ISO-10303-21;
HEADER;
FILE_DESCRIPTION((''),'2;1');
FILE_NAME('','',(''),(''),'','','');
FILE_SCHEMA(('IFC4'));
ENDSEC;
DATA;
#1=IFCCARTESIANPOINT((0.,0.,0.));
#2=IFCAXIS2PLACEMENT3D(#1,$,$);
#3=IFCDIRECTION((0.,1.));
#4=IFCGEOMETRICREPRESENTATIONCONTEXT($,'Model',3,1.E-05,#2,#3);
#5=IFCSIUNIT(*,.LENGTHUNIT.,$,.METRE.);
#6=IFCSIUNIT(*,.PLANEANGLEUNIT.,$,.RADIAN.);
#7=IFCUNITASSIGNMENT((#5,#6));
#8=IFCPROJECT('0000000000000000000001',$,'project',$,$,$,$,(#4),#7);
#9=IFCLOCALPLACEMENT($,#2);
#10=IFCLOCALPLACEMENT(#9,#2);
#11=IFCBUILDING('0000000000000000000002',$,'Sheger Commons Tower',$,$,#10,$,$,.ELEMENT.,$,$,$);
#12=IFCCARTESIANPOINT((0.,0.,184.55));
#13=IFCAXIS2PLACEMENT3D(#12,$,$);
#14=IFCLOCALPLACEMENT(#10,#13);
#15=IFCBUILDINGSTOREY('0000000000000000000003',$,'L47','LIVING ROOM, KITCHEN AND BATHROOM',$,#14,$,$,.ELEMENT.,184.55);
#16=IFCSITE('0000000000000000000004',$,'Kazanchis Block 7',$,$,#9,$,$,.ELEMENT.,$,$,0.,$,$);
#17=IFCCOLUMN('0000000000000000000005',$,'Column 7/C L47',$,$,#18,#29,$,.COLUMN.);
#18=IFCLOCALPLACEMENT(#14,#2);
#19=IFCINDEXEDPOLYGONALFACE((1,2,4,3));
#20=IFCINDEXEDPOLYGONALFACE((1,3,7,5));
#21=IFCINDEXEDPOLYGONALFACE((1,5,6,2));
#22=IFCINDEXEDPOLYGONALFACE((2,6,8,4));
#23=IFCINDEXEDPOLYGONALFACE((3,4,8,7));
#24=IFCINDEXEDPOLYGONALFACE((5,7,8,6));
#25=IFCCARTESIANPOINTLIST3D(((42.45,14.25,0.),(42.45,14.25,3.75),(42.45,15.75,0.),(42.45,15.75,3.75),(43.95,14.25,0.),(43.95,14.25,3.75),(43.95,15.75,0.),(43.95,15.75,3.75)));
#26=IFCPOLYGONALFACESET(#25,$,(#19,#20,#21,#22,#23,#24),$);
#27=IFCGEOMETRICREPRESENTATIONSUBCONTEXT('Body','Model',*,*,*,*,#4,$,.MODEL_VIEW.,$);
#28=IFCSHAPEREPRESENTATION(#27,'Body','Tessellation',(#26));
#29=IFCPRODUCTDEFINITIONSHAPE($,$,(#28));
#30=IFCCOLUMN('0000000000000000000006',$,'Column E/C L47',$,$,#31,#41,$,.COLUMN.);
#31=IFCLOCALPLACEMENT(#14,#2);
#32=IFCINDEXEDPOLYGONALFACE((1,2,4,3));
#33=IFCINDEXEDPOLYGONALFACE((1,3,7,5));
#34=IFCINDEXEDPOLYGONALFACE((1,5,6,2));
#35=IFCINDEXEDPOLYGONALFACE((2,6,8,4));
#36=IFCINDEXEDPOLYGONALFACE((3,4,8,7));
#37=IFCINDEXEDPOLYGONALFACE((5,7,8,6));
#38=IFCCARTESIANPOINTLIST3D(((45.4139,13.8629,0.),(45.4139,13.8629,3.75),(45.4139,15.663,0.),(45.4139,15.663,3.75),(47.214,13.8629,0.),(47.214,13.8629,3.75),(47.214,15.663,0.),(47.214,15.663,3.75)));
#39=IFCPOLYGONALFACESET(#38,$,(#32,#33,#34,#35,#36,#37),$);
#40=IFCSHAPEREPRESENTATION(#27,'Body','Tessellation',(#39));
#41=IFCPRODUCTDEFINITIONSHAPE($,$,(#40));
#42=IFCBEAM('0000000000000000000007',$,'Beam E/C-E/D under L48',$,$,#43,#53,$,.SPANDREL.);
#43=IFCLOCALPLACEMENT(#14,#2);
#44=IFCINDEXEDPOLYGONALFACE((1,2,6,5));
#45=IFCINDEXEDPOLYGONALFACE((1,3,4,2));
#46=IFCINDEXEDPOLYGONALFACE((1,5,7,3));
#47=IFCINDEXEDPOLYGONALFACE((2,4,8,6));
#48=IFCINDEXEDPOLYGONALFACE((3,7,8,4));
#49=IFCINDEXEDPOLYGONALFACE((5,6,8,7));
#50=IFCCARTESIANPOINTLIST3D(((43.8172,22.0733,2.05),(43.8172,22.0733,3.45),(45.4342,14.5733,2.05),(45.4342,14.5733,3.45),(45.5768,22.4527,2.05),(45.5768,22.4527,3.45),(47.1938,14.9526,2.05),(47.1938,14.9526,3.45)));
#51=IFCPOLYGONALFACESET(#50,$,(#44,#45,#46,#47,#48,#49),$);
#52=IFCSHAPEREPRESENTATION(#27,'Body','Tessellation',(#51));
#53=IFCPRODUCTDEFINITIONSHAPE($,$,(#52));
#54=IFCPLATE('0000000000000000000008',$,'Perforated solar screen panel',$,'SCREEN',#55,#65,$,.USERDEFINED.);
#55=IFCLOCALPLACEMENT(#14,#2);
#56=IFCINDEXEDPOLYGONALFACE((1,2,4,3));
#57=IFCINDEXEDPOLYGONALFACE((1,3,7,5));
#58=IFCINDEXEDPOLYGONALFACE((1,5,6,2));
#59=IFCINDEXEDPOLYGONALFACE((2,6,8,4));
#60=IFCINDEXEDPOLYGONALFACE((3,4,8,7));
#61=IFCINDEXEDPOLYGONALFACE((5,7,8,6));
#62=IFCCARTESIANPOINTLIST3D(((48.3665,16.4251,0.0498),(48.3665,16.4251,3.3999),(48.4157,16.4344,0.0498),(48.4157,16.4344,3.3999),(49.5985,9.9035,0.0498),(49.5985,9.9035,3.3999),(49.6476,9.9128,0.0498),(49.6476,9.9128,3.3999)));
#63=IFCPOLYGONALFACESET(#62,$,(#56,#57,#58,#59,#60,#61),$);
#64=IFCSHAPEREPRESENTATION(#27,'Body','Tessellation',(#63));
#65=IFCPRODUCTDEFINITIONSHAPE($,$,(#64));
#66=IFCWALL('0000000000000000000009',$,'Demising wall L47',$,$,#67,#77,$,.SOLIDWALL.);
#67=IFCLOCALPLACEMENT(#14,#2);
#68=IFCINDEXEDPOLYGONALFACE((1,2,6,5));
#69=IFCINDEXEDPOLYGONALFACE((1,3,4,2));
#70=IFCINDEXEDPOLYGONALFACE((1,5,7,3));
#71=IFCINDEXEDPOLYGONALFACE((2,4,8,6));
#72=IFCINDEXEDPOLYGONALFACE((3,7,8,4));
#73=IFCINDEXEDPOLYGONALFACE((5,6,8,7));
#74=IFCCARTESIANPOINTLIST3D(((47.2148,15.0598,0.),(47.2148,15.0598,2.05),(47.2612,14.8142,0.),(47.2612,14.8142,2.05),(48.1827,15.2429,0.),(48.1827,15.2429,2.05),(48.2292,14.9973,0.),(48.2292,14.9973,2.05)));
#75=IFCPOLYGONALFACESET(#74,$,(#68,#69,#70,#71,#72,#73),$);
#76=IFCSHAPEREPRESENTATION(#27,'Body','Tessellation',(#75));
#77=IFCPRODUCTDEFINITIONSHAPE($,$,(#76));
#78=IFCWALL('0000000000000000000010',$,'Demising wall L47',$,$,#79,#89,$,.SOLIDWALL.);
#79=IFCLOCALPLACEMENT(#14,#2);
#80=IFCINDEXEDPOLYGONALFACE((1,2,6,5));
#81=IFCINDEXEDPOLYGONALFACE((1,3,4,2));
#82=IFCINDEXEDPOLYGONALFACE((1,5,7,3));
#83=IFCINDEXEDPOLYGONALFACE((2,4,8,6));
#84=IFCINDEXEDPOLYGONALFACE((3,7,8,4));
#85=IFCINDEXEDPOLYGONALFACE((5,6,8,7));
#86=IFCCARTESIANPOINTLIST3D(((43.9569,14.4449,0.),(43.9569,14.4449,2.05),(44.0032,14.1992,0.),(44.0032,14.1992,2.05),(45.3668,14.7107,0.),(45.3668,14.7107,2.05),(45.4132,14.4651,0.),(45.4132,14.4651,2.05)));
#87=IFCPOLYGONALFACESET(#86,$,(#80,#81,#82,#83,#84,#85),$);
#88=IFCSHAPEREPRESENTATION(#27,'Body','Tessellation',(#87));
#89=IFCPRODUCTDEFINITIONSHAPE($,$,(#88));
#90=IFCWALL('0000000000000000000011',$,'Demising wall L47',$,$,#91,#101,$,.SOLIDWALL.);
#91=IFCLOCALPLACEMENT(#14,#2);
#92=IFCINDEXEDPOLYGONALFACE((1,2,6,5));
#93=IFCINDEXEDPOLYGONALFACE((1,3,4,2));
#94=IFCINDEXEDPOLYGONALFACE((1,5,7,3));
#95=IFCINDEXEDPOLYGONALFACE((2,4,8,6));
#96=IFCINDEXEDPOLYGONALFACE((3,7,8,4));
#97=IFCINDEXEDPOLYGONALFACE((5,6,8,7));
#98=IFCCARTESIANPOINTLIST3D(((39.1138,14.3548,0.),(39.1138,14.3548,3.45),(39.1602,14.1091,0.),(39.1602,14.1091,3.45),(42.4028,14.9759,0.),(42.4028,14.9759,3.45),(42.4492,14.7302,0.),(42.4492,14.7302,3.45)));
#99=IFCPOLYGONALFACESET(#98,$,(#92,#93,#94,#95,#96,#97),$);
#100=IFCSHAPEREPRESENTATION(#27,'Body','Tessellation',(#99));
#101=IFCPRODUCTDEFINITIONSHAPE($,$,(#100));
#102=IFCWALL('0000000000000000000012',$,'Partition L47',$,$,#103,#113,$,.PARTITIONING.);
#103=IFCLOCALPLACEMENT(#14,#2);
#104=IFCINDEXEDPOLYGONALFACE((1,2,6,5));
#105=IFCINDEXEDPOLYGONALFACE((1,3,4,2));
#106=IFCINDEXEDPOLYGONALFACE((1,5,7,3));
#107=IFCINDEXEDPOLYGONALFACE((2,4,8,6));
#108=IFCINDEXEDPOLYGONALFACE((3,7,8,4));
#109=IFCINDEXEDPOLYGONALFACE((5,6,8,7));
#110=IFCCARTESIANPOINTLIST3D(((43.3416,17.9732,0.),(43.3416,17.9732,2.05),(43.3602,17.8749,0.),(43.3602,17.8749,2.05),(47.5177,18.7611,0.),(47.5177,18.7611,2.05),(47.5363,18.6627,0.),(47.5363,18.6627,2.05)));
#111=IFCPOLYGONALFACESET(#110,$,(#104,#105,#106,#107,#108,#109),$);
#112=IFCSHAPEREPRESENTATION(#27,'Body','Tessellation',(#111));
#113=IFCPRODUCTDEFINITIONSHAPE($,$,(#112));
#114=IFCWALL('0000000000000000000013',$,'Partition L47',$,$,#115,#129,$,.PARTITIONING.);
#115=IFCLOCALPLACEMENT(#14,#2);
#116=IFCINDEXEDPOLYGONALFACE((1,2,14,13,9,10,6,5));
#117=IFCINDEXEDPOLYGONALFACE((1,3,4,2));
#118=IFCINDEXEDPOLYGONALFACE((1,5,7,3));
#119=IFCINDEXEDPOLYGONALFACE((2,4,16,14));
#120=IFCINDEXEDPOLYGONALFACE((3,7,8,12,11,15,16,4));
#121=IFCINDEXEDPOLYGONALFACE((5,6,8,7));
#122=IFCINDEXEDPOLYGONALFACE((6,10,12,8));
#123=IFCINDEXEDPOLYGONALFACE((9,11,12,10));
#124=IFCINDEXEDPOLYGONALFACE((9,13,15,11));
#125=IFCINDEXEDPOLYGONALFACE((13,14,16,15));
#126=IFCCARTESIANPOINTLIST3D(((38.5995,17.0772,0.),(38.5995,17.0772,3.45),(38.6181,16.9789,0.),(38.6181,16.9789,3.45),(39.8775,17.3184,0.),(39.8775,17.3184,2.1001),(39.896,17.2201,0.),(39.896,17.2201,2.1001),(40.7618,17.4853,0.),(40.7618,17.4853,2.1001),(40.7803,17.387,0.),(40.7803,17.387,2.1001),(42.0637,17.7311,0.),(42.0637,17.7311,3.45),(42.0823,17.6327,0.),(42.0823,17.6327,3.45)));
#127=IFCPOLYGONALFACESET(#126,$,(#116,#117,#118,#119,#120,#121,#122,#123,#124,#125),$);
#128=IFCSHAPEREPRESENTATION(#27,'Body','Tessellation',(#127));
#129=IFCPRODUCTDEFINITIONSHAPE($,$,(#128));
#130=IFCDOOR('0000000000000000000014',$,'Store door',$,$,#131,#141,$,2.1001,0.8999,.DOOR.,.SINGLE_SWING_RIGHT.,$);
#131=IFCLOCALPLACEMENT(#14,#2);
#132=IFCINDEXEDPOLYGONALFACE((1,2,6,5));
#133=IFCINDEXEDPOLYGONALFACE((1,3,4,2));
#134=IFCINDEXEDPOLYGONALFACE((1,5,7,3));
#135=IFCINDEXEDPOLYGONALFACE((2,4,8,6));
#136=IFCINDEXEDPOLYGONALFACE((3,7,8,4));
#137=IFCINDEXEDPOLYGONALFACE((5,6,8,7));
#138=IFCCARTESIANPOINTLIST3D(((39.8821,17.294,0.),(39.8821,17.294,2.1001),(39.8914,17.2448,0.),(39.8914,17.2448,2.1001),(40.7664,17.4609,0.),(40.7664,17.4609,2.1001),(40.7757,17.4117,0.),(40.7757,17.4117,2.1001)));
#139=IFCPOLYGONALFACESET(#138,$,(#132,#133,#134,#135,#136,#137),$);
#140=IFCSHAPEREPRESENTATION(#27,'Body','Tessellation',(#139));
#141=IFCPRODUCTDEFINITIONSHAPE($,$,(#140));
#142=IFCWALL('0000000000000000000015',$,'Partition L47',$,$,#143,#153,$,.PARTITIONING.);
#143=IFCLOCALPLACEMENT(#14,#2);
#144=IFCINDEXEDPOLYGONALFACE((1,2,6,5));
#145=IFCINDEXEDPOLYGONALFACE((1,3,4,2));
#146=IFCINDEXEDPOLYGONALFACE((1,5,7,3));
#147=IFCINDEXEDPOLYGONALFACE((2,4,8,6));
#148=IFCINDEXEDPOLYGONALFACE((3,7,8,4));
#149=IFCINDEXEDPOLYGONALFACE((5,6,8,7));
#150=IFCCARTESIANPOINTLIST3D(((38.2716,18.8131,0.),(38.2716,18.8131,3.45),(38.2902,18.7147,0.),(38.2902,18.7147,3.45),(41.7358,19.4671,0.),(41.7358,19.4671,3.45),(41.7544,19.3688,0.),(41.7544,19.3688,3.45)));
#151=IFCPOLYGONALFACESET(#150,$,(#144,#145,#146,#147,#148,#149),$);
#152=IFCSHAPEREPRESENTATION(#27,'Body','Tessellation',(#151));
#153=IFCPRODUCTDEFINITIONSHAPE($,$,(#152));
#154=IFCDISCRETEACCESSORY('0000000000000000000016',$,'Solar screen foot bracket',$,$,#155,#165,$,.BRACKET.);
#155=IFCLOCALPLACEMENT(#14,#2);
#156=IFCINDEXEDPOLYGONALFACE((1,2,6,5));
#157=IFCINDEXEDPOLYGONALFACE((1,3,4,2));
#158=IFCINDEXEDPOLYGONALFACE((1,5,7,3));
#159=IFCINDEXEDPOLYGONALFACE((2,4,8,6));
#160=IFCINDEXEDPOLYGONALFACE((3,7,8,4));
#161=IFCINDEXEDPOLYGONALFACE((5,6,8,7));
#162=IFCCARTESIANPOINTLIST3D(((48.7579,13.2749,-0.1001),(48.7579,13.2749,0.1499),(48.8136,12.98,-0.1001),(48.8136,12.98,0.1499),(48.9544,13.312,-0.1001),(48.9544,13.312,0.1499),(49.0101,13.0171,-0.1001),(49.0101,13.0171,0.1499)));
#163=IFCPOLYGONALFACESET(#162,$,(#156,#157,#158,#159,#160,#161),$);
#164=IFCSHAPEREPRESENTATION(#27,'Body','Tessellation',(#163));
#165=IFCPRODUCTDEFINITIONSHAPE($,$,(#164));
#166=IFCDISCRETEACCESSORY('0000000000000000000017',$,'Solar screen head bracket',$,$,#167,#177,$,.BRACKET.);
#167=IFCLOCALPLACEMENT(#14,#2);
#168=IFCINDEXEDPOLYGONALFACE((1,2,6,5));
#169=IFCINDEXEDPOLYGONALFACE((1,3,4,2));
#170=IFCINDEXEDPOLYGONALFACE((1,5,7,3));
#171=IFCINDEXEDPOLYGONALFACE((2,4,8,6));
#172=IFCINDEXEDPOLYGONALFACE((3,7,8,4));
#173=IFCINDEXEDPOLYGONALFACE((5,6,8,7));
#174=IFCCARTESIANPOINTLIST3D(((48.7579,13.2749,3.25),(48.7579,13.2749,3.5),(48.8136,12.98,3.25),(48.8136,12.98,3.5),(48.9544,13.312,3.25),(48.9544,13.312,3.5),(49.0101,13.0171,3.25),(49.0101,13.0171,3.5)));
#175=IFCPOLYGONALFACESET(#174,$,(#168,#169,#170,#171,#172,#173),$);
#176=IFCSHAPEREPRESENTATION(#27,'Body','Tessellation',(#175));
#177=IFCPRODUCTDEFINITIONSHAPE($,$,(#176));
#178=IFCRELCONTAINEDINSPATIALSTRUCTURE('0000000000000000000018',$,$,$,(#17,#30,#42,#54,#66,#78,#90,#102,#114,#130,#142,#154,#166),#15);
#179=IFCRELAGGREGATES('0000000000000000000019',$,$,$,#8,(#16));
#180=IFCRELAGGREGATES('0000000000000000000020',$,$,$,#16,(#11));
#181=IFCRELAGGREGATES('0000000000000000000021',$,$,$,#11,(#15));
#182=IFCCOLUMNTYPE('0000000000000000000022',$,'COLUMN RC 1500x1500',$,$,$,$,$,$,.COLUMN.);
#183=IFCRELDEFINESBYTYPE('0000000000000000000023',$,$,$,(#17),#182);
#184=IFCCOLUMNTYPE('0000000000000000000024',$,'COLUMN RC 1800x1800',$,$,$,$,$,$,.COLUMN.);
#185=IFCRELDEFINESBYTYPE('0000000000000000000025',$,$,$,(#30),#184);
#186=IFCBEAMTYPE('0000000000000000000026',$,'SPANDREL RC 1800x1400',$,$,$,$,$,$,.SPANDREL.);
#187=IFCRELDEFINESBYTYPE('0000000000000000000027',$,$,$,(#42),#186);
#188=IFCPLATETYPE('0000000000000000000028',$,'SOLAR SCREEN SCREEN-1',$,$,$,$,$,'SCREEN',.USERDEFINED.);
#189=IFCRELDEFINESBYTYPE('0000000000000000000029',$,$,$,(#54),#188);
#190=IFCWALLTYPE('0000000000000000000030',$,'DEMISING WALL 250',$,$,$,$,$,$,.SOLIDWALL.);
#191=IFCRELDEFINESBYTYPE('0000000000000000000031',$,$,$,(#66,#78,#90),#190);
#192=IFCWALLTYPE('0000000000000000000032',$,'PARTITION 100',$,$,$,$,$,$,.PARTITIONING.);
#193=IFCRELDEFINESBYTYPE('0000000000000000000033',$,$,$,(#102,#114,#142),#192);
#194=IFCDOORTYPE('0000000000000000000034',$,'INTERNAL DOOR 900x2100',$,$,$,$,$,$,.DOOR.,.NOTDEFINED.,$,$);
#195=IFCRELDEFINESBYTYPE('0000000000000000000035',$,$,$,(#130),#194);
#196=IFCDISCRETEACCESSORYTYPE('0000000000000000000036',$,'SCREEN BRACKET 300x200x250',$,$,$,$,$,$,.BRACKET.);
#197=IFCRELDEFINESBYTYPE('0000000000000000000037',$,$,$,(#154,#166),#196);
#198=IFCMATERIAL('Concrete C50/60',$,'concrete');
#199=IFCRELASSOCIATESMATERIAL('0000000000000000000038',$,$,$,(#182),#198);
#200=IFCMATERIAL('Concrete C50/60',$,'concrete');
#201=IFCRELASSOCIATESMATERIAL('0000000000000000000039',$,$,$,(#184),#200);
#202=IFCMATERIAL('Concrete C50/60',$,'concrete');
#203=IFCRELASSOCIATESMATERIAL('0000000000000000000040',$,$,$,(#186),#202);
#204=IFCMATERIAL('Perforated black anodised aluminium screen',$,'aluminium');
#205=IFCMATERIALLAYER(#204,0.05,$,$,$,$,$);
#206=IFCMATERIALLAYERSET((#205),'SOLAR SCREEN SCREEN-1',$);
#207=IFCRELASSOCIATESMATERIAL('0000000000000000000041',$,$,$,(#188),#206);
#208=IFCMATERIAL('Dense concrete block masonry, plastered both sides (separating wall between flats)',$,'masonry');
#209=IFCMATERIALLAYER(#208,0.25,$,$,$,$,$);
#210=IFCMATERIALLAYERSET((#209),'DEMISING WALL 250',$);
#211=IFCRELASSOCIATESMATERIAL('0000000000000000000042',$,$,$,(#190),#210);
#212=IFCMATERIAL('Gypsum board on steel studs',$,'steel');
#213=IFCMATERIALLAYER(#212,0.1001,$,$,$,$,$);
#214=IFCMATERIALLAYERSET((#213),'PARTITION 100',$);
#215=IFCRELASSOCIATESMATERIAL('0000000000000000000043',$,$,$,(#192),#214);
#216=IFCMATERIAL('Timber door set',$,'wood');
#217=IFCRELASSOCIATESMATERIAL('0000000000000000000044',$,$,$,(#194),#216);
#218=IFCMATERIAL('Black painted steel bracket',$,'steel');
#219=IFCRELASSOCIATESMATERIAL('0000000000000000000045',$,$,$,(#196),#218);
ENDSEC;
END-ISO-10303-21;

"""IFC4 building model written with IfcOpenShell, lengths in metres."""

from ifc_helpers import new_model, si_unit, direction, frame, frame_2d, origin, origin_2d, place, context, subcontext, project, spatial, rectangle, extrude, material, layer, layer_set, material_profile, profile_set, type_object, element, fill, save


model = new_model("IFC4")

# Units and contexts
model_context = context("Model", 3, precision=1e-05, world=origin(), true_north=direction((0.0, 1.0)))
body_context = subcontext(model_context, "Body", "Model", "MODEL_VIEW")
ifc_project = project(units=[si_unit("LENGTHUNIT", "METRE"), si_unit("PLANEANGLEUNIT", "RADIAN")], contexts=[model_context])

# Site, building, storey
site_placement = place(None, origin())
site = spatial("IfcSite", under=ifc_project, at=site_placement, Name="Kazanchis Block 7", CompositionType="ELEMENT", RefElevation=0.0)
building_placement = place(site_placement, origin())
building = spatial("IfcBuilding", under=site, at=building_placement, Name="Sheger Commons Tower", CompositionType="ELEMENT")
storey_placement = place(building_placement, frame((0.0, 0.0, 184.55)))
storey = spatial("IfcBuildingStorey", under=building, at=storey_placement, Name="L47", Description="LIVING ROOM, KITCHEN AND BATHROOM", CompositionType="ELEMENT", Elevation=184.55)

# Columns
ifc_material_1 = material(Name="Concrete C50/60", Category="concrete")
ifc_material_profile_1 = material_profile(ifc_material_1, rectangle(XDim=1.5, YDim=1.5, at=origin_2d()), Name="RC 1500x1500")
ifc_profile_set_1 = profile_set([ifc_material_profile_1], Name="Concrete C50/60")
column_type_1 = type_object("IfcColumnType", Name="COLUMN RC 1500x1500", PredefinedType="COLUMN", material=ifc_profile_set_1)
column_1_placement = place(storey_placement, frame((43.2, 15.0, 0.0), z_axis=(0.0, 0.0, 1.0), x_axis=(1.0, 0.0, 0.0)))
element("IfcColumn", 1, at=column_1_placement, inside=storey, type_object=column_type_1, Name="Column 7/C L47", PredefinedType="COLUMN", context=body_context, shape_type="SweptSolid", body=[
    extrude(rectangle(XDim=1.5, YDim=1.5, at=origin_2d()), origin(), (0.0, 0.0, 1.0), 3.75),
])
ifc_material_2 = material(Name="Concrete C50/60", Category="concrete")
ifc_material_profile_2 = material_profile(ifc_material_2, rectangle(XDim=1.8, YDim=1.8, at=origin_2d()), Name="RC 1800x1800")
ifc_profile_set_2 = profile_set([ifc_material_profile_2], Name="Concrete C50/60")
column_type_2 = type_object("IfcColumnType", Name="COLUMN RC 1800x1800", PredefinedType="COLUMN", material=ifc_profile_set_2)
column_2_placement = place(storey_placement, frame((46.314, 14.7629, 0.0), z_axis=(0.0, 0.0, 1.0), x_axis=(1.0, 0.0, 0.0)))
element("IfcColumn", 2, at=column_2_placement, inside=storey, type_object=column_type_2, Name="Column E/C L47", PredefinedType="COLUMN", context=body_context, shape_type="SweptSolid", body=[
    extrude(rectangle(XDim=1.8, YDim=1.8, at=origin_2d()), origin(), (0.0, 0.0, 1.0), 3.75),
])

# Beam
ifc_material_3 = material(Name="Concrete C50/60", Category="concrete")
ifc_material_profile_3 = material_profile(ifc_material_3, rectangle(XDim=1.8, YDim=1.3999, at=origin_2d()), Name="RC 1800x1400")
ifc_profile_set_3 = profile_set([ifc_material_profile_3], Name="Concrete C50/60")
beam_type = type_object("IfcBeamType", Name="SPANDREL RC 1800x1400", PredefinedType="SPANDREL", material=ifc_profile_set_3)
beam_placement = place(storey_placement, frame((46.314, 14.7629, 2.75), z_axis=(-0.21075, 0.97754, 0.0), x_axis=(-0.97754, -0.21075, 0.0)))
element("IfcBeam", 3, at=beam_placement, inside=storey, type_object=beam_type, Name="Beam E/C-E/D under L48", PredefinedType="SPANDREL", context=body_context, shape_type="SweptSolid", body=[
    extrude(rectangle(XDim=1.8, YDim=1.3999, at=origin_2d()), origin(), (0.0, 0.0, 1.0), 7.6724),
])

# Plate
ifc_material_4 = material(Name="Perforated black anodised aluminium screen", Category="aluminium")
ifc_layer_1 = layer(ifc_material_4, 0.05)
ifc_layer_set_1 = layer_set([ifc_layer_1], Name="SOLAR SCREEN SCREEN-1")
plate_type = type_object("IfcPlateType", Name="SOLAR SCREEN SCREEN-1", ElementType="SCREEN", PredefinedType="USERDEFINED", material=ifc_layer_set_1)
plate_placement = place(storey_placement, frame((49.0071, 13.1689, 0.0498), z_axis=(0.0, 0.0, 1.0), x_axis=(-0.185615, 0.982623, 0.0)))
element("IfcPlate", 4, at=plate_placement, inside=storey, type_object=plate_type, Name="Perforated solar screen panel", ObjectType="SCREEN", PredefinedType="USERDEFINED", context=body_context, shape_type="SweptSolid", body=[
    extrude(rectangle(XDim=6.637, YDim=0.05, at=origin_2d()), origin(), (0.0, 0.0, 1.0), 3.3501),
])

# Walls
ifc_material_5 = material(Name="Dense concrete block masonry, plastered both sides (separating wall between flats)", Category="masonry")
ifc_layer_2 = layer(ifc_material_5, 0.25)
ifc_layer_set_2 = layer_set([ifc_layer_2], Name="DEMISING WALL 250")
wall_type_1 = type_object("IfcWallType", Name="DEMISING WALL 250", PredefinedType="SOLIDWALL", material=ifc_layer_set_2)
wall_1_placement = place(storey_placement, frame((48.2061, 15.1201, 0.0), z_axis=(0.0, 0.0, 1.0), x_axis=(-0.982576, -0.185859, 0.0)))
element("IfcWall", 5, at=wall_1_placement, inside=storey, type_object=wall_type_1, Name="Demising wall L47", PredefinedType="SOLIDWALL", context=body_context, shape_type="SweptSolid", body=[
    extrude(rectangle(XDim=0.9851, YDim=0.25, at=frame_2d((0.4927, 0.0))), origin(), (0.0, 0.0, 1.0), 2.05),
])
wall_2_placement = place(storey_placement, frame((45.3899, 14.5879, 0.0), z_axis=(0.0, 0.0, 1.0), x_axis=(-0.982681, -0.185306, 0.0)))
element("IfcWall", 6, at=wall_2_placement, inside=storey, type_object=wall_type_1, Name="Demising wall L47", PredefinedType="SOLIDWALL", context=body_context, shape_type="SweptSolid", body=[
    extrude(rectangle(XDim=1.4348, YDim=0.25, at=frame_2d((0.7173, 0.0))), origin(), (0.0, 0.0, 1.0), 2.05),
])
wall_3_placement = place(storey_placement, frame((42.426, 14.853, 0.0), z_axis=(0.0, 0.0, 1.0), x_axis=(-0.982634, -0.185557, 0.0)))
element("IfcWall", 7, at=wall_3_placement, inside=storey, type_object=wall_type_1, Name="Demising wall L47", PredefinedType="SOLIDWALL", context=body_context, shape_type="SweptSolid", body=[
    extrude(rectangle(XDim=3.3472, YDim=0.25, at=frame_2d((1.6736, 0.0))), origin(), (0.0, 0.0, 1.0), 3.45),
])
ifc_material_6 = material(Name="Gypsum board on steel studs", Category="steel")
ifc_layer_3 = layer(ifc_material_6, 0.1001)
ifc_layer_set_3 = layer_set([ifc_layer_3], Name="PARTITION 100")
wall_type_2 = type_object("IfcWallType", Name="PARTITION 100", PredefinedType="PARTITIONING", material=ifc_layer_set_3)
wall_4_placement = place(storey_placement, frame((47.5271, 18.7119, 0.0), z_axis=(0.0, 0.0, 1.0), x_axis=(-0.982665, -0.185388, 0.0)))
element("IfcWall", 8, at=wall_4_placement, inside=storey, type_object=wall_type_2, Name="Partition L47", PredefinedType="PARTITIONING", context=body_context, shape_type="SweptSolid", body=[
    extrude(rectangle(XDim=4.2498, YDim=0.1001, at=frame_2d((2.125, 0.0))), origin(), (0.0, 0.0, 1.0), 2.05),
])

# Wall, opening, door
wall_5_placement = place(storey_placement, frame((42.073, 17.6819, 0.0), z_axis=(0.0, 0.0, 1.0), x_axis=(-0.982651, -0.185463, 0.0)))
wall_5 = element("IfcWall", 9, at=wall_5_placement, inside=storey, type_object=wall_type_2, Name="Partition L47", PredefinedType="PARTITIONING", context=body_context, shape_type="SweptSolid", body=[
    extrude(rectangle(XDim=3.5254, YDim=0.1001, at=frame_2d((1.7627, 0.0))), origin(), (0.0, 0.0, 1.0), 3.45),
])
opening_placement = place(wall_5_placement, frame((1.325, 0.0, 0.0)))
opening = element("IfcOpeningElement", 10, at=opening_placement, cuts=wall_5, PredefinedType="OPENING", context=body_context, shape_type="SweptSolid", body=[
    extrude(rectangle(XDim=0.8999, YDim=2.1001, at=frame_2d((0.45, 1.05))), frame((0.0, 0.0601, 0.0), z_axis=(0.0, -1.0, 0.0), x_axis=(1.0, 0.0, 0.0)), (0.0, 0.0, 1.0), 0.1201),
])
ifc_material_7 = material(Name="Timber door set", Category="wood")
door_type = type_object("IfcDoorType", Name="INTERNAL DOOR 900x2100", OperationType="NOTDEFINED", PredefinedType="DOOR", material=ifc_material_7)
door_placement = place(opening_placement, origin())
door = element("IfcDoor", 11, at=door_placement, inside=storey, type_object=door_type, Name="Store door", OperationType="SINGLE_SWING_RIGHT", OverallHeight=2.1001, OverallWidth=0.8999, PredefinedType="DOOR", context=body_context, shape_type="SweptSolid", body=[
    extrude(rectangle(XDim=0.8999, YDim=2.1001, at=frame_2d((0.45, 1.05))), frame((0.0, 0.0249, 0.0), z_axis=(0.0, -1.0, 0.0), x_axis=(1.0, 0.0, 0.0)), (0.0, 0.0, 1.0), 0.05),
])
fill(opening, door)

# Wall
wall_6_placement = place(storey_placement, frame((41.7451, 19.418, 0.0), z_axis=(0.0, 0.0, 1.0), x_axis=(-0.982639, -0.18553, 0.0)))
element("IfcWall", 12, at=wall_6_placement, inside=storey, type_object=wall_type_2, Name="Partition L47", PredefinedType="PARTITIONING", context=body_context, shape_type="SweptSolid", body=[
    extrude(rectangle(XDim=3.5254, YDim=0.1001, at=frame_2d((1.7627, 0.0))), origin(), (0.0, 0.0, 1.0), 3.45),
])

# Discrete accessories
ifc_material_8 = material(Name="Black painted steel bracket", Category="steel")
discrete_accessory_type = type_object("IfcDiscreteAccessoryType", Name="SCREEN BRACKET 300x200x250", PredefinedType="BRACKET", material=ifc_material_8)
for number, where, z_axis, x_axis, name in (
    (13, (48.884, 13.146, -0.1001), (0.0, 0.0, 1.0), (-0.185615, 0.982623, 0.0), "Solar screen foot bracket"),
    (14, (48.884, 13.146, 3.25), (0.0, 0.0, 1.0), (-0.185615, 0.982623, 0.0), "Solar screen head bracket"),
):
    element("IfcDiscreteAccessory", number, at=place(storey_placement, frame(where, z_axis=z_axis, x_axis=x_axis)), inside=storey, type_object=discrete_accessory_type, Name=name, PredefinedType="BRACKET", context=body_context, shape_type="SweptSolid", body=[
        extrude(rectangle(XDim=0.3, YDim=0.2, at=origin_2d()), origin(), (0.0, 0.0, 1.0), 0.25),
    ])

save(model, "model.ifc")
